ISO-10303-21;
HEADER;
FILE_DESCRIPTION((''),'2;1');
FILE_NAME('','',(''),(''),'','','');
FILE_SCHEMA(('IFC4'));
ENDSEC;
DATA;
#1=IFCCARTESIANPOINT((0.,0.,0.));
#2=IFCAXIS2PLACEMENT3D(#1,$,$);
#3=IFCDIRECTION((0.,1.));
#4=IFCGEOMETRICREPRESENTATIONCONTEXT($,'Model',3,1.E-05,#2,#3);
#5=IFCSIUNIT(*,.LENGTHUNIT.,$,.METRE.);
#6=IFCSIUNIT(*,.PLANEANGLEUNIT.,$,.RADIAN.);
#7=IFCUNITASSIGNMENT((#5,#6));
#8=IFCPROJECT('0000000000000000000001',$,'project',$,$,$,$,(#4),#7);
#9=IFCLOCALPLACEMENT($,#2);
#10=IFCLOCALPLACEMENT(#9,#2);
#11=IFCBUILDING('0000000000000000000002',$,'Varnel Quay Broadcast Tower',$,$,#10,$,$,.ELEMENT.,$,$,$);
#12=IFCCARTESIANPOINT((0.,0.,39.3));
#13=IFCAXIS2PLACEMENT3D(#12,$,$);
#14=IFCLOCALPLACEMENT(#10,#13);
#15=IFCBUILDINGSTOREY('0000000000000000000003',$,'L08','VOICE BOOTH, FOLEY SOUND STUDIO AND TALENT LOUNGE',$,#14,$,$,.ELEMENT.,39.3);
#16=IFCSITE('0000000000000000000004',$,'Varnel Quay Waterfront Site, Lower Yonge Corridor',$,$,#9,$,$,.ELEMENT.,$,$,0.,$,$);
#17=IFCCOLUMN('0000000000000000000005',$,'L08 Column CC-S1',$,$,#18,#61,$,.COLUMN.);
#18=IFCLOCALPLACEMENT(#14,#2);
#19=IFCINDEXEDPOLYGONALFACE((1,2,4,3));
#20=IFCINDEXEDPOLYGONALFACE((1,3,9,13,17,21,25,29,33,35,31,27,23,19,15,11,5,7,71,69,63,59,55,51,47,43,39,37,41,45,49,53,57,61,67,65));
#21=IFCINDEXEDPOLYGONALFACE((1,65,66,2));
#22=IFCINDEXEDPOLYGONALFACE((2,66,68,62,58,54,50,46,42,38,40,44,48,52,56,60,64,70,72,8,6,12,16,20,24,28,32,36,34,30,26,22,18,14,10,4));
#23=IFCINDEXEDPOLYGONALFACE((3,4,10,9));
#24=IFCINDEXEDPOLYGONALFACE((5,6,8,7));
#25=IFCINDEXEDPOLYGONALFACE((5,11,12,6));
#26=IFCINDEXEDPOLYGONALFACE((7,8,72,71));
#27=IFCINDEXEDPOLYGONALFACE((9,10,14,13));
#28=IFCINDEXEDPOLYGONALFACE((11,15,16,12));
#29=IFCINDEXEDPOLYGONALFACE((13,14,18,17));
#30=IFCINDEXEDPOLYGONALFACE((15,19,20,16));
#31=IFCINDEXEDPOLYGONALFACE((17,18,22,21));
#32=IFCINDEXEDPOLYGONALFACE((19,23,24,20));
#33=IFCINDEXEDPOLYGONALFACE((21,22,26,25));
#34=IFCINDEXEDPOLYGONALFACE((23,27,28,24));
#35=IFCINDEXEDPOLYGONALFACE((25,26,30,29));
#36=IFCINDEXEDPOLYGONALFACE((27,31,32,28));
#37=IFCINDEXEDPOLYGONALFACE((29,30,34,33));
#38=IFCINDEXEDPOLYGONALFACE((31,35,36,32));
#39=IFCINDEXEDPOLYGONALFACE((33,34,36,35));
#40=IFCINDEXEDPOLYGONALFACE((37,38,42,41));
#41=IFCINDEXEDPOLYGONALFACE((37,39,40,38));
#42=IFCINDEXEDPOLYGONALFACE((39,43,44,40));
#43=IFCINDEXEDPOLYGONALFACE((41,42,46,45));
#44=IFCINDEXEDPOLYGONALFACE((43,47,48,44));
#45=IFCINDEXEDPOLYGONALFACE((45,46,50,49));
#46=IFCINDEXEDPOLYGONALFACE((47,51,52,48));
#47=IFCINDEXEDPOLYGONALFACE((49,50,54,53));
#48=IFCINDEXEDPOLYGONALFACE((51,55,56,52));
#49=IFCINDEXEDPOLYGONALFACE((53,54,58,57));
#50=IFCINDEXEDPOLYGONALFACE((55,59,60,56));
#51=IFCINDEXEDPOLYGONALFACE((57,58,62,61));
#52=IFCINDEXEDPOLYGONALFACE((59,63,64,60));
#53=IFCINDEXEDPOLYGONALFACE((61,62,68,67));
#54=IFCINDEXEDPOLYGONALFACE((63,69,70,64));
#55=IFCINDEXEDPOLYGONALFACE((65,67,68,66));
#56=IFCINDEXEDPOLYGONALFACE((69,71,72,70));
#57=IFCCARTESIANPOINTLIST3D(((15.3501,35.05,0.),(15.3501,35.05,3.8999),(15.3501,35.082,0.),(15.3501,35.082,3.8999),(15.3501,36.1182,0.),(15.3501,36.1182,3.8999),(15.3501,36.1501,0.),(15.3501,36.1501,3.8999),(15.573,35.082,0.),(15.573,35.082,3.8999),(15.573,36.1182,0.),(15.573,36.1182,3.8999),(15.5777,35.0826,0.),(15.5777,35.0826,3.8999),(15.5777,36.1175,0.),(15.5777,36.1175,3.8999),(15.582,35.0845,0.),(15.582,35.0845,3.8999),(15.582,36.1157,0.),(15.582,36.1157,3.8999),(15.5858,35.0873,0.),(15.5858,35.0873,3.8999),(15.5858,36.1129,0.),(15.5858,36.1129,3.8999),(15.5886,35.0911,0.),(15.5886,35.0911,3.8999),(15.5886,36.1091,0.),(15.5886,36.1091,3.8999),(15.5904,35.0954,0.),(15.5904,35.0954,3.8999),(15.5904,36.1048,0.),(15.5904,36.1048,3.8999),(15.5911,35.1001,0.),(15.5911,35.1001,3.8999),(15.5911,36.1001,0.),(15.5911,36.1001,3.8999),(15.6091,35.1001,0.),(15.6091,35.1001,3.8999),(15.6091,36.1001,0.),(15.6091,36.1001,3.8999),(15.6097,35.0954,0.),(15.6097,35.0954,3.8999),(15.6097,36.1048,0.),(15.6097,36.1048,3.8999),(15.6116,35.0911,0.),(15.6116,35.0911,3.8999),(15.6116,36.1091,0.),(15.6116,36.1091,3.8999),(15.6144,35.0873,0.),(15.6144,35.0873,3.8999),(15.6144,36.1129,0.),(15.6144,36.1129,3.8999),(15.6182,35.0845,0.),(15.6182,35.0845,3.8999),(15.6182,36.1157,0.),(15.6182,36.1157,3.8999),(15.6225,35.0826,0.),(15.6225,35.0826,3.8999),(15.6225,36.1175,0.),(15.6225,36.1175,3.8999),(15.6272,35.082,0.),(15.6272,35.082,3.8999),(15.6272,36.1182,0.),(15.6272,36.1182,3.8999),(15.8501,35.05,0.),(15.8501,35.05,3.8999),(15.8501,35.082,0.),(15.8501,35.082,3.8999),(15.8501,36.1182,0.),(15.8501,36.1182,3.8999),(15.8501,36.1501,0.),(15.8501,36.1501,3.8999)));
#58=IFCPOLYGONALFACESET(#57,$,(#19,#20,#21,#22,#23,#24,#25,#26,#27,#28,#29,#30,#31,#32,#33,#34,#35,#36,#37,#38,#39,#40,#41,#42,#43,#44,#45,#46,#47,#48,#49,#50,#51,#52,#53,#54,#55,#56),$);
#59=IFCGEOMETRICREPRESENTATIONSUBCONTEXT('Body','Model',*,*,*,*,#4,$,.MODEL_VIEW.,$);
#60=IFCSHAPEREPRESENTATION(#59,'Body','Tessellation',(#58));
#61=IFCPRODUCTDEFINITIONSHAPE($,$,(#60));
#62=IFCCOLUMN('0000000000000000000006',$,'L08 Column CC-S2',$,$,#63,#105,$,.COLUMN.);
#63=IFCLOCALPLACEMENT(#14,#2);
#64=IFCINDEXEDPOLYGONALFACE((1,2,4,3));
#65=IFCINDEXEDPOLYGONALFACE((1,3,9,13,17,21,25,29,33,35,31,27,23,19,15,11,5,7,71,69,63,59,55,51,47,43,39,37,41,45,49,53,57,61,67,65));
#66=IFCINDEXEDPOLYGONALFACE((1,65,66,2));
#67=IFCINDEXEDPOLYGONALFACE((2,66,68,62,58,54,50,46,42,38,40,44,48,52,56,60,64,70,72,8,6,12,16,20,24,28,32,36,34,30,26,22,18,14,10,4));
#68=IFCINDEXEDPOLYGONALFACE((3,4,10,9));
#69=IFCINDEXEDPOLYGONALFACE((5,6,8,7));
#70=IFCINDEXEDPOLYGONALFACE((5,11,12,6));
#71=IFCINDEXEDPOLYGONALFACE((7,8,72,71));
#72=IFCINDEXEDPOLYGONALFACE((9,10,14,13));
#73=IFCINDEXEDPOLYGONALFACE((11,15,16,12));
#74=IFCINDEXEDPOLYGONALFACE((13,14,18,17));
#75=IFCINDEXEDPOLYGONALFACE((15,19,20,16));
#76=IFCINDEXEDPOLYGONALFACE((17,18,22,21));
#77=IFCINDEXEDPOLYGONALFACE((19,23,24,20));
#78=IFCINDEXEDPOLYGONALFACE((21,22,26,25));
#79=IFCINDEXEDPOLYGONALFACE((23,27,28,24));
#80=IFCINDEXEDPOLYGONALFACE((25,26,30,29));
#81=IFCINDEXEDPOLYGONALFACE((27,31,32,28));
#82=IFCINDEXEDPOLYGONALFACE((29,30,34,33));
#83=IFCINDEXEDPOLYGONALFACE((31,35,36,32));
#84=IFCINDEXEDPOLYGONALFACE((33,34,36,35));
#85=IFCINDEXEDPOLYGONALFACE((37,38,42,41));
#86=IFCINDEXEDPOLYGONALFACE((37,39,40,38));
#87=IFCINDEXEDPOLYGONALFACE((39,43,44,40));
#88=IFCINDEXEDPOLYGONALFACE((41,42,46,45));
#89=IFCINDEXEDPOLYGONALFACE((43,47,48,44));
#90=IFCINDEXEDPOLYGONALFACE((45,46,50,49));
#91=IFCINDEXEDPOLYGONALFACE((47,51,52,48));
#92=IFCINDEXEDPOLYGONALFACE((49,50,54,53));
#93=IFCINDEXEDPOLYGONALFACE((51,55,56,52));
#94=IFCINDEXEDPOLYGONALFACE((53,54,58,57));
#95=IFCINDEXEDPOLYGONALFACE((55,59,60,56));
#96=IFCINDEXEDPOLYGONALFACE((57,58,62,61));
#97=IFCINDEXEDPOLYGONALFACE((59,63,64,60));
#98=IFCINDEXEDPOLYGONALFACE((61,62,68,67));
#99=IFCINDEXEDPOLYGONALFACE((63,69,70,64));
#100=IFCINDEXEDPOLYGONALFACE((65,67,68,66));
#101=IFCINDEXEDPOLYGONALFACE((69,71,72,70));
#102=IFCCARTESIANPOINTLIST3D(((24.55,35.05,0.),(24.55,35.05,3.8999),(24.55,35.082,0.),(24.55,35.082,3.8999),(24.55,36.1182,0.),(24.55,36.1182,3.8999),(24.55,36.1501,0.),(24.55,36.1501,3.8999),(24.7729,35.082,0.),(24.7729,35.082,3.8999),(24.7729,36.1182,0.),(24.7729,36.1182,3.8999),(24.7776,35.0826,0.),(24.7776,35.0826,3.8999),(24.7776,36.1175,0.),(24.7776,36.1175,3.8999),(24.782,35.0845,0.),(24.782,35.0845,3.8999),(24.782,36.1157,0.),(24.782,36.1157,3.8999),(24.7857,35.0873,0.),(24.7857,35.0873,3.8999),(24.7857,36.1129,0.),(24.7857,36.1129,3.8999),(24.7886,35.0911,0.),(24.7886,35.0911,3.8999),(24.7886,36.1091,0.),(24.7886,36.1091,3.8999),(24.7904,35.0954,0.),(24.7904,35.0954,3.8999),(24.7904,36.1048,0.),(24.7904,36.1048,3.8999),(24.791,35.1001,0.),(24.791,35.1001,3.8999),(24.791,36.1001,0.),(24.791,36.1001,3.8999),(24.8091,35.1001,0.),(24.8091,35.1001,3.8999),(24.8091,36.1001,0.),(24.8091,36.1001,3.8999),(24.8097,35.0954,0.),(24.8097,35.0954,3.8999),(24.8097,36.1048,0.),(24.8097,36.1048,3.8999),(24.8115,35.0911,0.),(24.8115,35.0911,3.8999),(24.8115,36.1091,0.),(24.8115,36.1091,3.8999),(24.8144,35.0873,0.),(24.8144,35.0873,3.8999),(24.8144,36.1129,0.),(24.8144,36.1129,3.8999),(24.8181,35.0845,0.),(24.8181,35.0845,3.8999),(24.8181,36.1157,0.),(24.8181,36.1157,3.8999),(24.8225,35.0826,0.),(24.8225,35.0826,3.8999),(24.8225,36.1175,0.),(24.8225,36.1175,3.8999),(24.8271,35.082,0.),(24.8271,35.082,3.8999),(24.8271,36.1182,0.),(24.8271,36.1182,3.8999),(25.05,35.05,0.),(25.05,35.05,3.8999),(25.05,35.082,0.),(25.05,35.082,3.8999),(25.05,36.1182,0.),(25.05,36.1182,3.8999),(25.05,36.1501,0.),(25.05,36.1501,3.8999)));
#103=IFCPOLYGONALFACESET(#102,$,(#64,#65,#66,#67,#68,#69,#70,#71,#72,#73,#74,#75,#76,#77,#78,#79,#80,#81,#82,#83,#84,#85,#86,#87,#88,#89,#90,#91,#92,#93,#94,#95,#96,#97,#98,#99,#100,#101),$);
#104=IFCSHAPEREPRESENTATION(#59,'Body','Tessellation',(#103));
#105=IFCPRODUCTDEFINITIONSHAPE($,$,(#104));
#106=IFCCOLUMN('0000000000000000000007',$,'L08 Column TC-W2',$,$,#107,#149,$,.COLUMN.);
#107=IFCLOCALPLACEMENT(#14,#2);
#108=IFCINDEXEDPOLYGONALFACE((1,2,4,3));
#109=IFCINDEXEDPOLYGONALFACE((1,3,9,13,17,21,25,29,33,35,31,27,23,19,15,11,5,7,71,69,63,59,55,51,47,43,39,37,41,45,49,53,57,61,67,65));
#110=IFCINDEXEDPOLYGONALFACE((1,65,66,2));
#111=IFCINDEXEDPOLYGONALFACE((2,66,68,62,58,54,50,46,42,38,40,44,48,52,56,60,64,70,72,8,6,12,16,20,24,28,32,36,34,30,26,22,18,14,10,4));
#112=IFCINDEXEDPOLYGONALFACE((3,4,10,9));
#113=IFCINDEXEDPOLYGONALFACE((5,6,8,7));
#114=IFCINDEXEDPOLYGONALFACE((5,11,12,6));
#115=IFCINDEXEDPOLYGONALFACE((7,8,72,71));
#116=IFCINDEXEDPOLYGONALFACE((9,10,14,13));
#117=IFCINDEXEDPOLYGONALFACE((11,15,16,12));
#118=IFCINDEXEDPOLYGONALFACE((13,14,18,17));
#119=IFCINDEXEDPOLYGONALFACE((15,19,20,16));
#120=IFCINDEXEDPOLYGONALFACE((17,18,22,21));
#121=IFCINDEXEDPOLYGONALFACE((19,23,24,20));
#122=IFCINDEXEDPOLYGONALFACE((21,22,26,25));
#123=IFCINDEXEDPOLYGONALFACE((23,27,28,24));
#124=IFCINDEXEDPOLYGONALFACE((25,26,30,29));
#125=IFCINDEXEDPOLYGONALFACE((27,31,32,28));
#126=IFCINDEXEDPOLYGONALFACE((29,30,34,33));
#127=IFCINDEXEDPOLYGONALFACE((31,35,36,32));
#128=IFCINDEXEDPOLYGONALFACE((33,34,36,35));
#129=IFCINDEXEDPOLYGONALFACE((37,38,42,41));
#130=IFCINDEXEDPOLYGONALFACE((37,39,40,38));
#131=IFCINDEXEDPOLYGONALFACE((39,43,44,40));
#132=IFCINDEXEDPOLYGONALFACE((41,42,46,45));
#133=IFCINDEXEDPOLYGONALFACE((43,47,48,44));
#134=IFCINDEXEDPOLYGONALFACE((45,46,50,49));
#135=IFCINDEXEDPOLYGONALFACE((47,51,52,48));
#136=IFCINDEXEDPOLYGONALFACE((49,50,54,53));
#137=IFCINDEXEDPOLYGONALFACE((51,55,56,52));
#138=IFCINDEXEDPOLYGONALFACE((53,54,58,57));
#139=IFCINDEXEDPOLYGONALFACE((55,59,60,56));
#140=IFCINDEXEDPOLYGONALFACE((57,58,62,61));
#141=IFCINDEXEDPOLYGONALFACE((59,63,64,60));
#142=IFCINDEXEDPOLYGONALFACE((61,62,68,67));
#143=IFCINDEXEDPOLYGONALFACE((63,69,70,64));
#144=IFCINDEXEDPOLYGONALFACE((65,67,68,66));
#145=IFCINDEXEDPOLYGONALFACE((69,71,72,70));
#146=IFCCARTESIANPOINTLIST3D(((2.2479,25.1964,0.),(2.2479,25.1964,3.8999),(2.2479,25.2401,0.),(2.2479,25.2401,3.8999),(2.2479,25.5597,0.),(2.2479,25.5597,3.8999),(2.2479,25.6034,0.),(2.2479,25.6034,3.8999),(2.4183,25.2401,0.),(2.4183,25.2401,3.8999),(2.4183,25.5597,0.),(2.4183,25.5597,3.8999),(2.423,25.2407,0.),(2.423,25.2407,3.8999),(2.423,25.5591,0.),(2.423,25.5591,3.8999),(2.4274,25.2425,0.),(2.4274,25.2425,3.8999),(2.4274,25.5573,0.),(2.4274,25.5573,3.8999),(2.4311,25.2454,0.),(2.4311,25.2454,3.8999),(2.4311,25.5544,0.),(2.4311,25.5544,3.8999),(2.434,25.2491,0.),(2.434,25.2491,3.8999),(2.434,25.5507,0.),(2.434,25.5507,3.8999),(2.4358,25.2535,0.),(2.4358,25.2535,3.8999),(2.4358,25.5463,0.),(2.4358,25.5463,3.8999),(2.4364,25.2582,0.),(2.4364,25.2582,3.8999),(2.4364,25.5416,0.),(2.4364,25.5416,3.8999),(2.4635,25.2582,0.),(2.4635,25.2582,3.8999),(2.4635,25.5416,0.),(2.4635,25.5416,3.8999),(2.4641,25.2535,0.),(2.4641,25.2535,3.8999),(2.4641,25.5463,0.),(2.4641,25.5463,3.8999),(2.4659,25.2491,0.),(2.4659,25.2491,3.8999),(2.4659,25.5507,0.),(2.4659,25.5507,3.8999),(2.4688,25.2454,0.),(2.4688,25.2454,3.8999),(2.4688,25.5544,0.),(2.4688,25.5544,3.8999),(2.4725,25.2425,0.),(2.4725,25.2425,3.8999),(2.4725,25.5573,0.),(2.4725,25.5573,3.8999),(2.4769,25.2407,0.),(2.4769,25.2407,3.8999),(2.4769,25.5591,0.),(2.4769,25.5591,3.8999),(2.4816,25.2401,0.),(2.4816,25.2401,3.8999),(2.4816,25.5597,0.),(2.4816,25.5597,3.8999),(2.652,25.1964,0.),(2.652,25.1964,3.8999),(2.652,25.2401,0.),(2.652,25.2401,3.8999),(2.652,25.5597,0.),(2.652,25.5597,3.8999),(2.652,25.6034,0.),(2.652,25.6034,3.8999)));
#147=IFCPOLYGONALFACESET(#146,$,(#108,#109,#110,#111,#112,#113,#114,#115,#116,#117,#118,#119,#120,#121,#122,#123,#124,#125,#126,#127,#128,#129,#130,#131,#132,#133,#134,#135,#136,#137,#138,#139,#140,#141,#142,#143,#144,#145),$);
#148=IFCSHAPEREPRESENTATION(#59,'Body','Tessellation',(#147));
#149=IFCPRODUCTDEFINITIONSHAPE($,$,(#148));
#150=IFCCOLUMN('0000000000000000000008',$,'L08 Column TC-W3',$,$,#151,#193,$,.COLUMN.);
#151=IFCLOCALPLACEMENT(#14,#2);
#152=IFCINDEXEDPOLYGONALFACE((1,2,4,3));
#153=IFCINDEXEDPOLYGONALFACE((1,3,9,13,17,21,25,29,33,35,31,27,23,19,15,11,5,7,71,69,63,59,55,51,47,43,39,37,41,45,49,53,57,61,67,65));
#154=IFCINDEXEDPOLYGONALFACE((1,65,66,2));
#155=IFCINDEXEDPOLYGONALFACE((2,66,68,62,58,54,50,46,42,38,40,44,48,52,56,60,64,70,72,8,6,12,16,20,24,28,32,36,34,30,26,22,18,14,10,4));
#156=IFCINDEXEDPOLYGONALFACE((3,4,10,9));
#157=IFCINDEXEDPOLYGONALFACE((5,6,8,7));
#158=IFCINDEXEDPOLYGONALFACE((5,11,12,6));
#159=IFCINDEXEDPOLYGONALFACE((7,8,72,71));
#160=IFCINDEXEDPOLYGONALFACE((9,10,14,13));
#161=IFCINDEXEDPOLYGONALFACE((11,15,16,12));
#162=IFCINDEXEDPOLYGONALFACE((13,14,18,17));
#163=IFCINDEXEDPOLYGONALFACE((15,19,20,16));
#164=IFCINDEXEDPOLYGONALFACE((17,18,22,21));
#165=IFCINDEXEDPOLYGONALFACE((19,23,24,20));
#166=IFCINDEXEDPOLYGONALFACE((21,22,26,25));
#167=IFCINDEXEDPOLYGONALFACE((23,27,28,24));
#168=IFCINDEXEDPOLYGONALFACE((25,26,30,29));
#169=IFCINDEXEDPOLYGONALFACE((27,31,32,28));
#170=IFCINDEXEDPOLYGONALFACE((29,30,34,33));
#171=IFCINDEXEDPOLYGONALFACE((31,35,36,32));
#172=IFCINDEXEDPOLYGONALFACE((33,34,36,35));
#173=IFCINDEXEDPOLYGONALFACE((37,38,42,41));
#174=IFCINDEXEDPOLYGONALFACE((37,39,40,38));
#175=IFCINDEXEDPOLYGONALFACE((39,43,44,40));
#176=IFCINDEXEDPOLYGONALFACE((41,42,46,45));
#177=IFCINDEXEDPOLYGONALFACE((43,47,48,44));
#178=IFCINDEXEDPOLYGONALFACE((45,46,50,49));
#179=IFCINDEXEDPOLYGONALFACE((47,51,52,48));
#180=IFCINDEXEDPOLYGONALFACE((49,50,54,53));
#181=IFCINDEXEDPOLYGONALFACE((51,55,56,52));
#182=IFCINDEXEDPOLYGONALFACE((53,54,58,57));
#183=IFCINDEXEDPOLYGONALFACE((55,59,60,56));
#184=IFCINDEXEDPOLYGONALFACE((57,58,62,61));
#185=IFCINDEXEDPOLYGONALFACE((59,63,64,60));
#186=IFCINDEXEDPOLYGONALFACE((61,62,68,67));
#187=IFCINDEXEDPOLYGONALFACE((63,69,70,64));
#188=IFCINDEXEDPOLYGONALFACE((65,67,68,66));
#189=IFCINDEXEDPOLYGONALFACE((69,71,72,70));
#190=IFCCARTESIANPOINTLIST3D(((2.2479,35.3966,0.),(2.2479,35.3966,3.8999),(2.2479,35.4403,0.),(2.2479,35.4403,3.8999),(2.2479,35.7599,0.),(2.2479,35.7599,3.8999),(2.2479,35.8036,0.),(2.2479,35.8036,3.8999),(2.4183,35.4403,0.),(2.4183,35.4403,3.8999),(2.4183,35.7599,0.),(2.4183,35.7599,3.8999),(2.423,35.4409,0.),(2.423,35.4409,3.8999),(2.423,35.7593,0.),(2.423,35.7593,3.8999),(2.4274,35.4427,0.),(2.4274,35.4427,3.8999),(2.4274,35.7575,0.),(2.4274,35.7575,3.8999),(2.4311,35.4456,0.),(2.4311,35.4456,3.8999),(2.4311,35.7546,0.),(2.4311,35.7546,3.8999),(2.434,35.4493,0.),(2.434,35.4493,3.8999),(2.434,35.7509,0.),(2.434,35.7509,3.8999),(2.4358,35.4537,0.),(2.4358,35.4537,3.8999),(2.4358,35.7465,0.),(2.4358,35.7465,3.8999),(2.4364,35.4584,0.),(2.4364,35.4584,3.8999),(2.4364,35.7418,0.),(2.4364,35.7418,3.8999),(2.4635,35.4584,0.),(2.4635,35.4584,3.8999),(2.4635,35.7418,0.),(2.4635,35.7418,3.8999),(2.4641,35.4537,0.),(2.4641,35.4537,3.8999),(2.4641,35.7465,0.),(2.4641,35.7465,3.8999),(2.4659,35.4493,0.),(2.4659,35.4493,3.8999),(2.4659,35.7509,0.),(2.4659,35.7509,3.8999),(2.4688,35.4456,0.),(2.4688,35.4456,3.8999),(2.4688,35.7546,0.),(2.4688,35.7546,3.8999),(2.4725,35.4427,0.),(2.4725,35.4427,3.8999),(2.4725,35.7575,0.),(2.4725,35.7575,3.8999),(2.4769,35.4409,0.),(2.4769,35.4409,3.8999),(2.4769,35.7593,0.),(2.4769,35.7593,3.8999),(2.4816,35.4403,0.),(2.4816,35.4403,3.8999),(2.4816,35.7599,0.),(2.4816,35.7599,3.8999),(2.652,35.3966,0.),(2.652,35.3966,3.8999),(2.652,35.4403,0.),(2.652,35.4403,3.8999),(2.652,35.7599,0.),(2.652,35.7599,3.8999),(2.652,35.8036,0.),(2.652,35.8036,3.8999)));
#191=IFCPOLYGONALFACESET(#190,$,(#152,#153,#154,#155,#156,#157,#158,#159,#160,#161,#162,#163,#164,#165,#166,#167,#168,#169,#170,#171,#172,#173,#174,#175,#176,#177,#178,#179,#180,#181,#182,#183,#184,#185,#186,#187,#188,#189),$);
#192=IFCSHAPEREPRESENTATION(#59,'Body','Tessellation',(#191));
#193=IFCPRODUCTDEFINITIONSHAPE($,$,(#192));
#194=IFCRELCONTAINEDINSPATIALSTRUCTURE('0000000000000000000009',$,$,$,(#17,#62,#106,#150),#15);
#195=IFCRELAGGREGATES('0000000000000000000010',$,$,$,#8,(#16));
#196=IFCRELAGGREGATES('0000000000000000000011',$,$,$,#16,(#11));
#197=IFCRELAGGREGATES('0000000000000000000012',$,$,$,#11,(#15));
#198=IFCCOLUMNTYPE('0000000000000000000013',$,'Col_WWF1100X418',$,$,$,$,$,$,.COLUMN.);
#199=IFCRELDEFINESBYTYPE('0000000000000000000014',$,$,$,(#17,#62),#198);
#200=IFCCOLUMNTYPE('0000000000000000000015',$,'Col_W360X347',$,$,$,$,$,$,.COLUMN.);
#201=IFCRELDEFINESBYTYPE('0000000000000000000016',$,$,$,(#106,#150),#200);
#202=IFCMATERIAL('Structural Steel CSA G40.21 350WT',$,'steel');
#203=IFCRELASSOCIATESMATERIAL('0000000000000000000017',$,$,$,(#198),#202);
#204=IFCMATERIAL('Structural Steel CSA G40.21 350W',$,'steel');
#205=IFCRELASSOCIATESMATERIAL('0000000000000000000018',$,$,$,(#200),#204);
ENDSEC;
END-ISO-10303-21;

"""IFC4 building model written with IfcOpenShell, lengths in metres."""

from ifc_helpers import new_model, si_unit, direction, frame, origin, origin_2d, place, context, subcontext, project, spatial, i_section, extrude, source, transform, mapped, material, material_profile, profile_set, type_object, type_shapes, element, save


model = new_model("IFC4")

# Units and contexts
model_context = context("Model", 3, precision=1e-05, world=origin(), true_north=direction((0.0, 1.0)))
body_context = subcontext(model_context, "Body", "Model", "MODEL_VIEW")
ifc_project = project(units=[si_unit("LENGTHUNIT", "METRE"), si_unit("PLANEANGLEUNIT", "RADIAN")], contexts=[model_context])

# Site, building, storey
site_placement = place(None, origin())
site = spatial("IfcSite", under=ifc_project, at=site_placement, Name="Varnel Quay Waterfront Site, Lower Yonge Corridor", CompositionType="ELEMENT", RefElevation=0.0)
building_placement = place(site_placement, origin())
building = spatial("IfcBuilding", under=site, at=building_placement, Name="Varnel Quay Broadcast Tower", CompositionType="ELEMENT")
storey_placement = place(building_placement, frame((0.0, 0.0, 39.3)))
storey = spatial("IfcBuildingStorey", under=building, at=storey_placement, Name="L08", Description="VOICE BOOTH, FOLEY SOUND STUDIO AND TALENT LOUNGE", CompositionType="ELEMENT", Elevation=39.3)

# Columns
ifc_material_1 = material(Name="Structural Steel CSA G40.21 350WT", Category="steel")
ifc_material_profile_1 = material_profile(ifc_material_1, i_section(OverallWidth=0.5, OverallDepth=1.1001, WebThickness=0.0181, FlangeThickness=0.032, FilletRadius=0.0181, at=origin_2d()), Name="WWF1100X418")
ifc_profile_set_1 = profile_set([ifc_material_profile_1], Name="Structural Steel CSA G40.21 350WT")
column_type_1 = type_object("IfcColumnType", Name="Col_WWF1100X418", PredefinedType="COLUMN", material=ifc_profile_set_1)
shared_shape_1 = source(origin(), body_context, "Body", "SweptSolid", [
    extrude(i_section(OverallWidth=0.5, OverallDepth=1.1001, WebThickness=0.0181, FlangeThickness=0.032, FilletRadius=0.0181, at=origin_2d()), origin(), (0.0, 0.0, 1.0), 3.8999),
])
type_shapes(column_type_1, [shared_shape_1])
for number, where, z_axis, x_axis, name in (
    (1, (15.6001, 35.6001, 0.0), (0.0, 0.0, 1.0), (1.0, 0.0, 0.0), "L08 Column CC-S1"),
    (2, (24.8, 35.6001, 0.0), (0.0, 0.0, 1.0), (1.0, 0.0, 0.0), "L08 Column CC-S2"),
):
    element("IfcColumn", number, at=place(storey_placement, frame(where, z_axis=z_axis, x_axis=x_axis)), inside=storey, type_object=column_type_1, Name=name, PredefinedType="COLUMN", context=body_context, shape_type="MappedRepresentation", body=[
        mapped(shared_shape_1, transform((0.0, 0.0, 0.0), x_axis=(1.0, 0.0, 0.0), y_axis=(0.0, 1.0, 0.0), z_axis=(0.0, 0.0, 1.0), scale=1.0)),
    ])
ifc_material_2 = material(Name="Structural Steel CSA G40.21 350W", Category="steel")
ifc_material_profile_2 = material_profile(ifc_material_2, i_section(OverallWidth=0.4041, OverallDepth=0.407, WebThickness=0.0271, FlangeThickness=0.0437, FilletRadius=0.0181, at=origin_2d()), Name="W360X347")
ifc_profile_set_2 = profile_set([ifc_material_profile_2], Name="Structural Steel CSA G40.21 350W")
column_type_2 = type_object("IfcColumnType", Name="Col_W360X347", PredefinedType="COLUMN", material=ifc_profile_set_2)
shared_shape_2 = source(origin(), body_context, "Body", "SweptSolid", [
    extrude(i_section(OverallWidth=0.4041, OverallDepth=0.407, WebThickness=0.0271, FlangeThickness=0.0437, FilletRadius=0.0181, at=origin_2d()), origin(), (0.0, 0.0, 1.0), 3.8999),
])
type_shapes(column_type_2, [shared_shape_2])
for number, where, z_axis, x_axis, name in (
    (3, (2.45, 25.3999, 0.0), (0.0, 0.0, 1.0), (1.0, 0.0, 0.0), "L08 Column TC-W2"),
    (4, (2.45, 35.6001, 0.0), (0.0, 0.0, 1.0), (1.0, 0.0, 0.0), "L08 Column TC-W3"),
):
    element("IfcColumn", number, at=place(storey_placement, frame(where, z_axis=z_axis, x_axis=x_axis)), inside=storey, type_object=column_type_2, Name=name, PredefinedType="COLUMN", context=body_context, shape_type="MappedRepresentation", body=[
        mapped(shared_shape_2, transform((0.0, 0.0, 0.0), x_axis=(1.0, 0.0, 0.0), y_axis=(0.0, 1.0, 0.0), z_axis=(0.0, 0.0, 1.0), scale=1.0)),
    ])

save(model, "model.ifc")
